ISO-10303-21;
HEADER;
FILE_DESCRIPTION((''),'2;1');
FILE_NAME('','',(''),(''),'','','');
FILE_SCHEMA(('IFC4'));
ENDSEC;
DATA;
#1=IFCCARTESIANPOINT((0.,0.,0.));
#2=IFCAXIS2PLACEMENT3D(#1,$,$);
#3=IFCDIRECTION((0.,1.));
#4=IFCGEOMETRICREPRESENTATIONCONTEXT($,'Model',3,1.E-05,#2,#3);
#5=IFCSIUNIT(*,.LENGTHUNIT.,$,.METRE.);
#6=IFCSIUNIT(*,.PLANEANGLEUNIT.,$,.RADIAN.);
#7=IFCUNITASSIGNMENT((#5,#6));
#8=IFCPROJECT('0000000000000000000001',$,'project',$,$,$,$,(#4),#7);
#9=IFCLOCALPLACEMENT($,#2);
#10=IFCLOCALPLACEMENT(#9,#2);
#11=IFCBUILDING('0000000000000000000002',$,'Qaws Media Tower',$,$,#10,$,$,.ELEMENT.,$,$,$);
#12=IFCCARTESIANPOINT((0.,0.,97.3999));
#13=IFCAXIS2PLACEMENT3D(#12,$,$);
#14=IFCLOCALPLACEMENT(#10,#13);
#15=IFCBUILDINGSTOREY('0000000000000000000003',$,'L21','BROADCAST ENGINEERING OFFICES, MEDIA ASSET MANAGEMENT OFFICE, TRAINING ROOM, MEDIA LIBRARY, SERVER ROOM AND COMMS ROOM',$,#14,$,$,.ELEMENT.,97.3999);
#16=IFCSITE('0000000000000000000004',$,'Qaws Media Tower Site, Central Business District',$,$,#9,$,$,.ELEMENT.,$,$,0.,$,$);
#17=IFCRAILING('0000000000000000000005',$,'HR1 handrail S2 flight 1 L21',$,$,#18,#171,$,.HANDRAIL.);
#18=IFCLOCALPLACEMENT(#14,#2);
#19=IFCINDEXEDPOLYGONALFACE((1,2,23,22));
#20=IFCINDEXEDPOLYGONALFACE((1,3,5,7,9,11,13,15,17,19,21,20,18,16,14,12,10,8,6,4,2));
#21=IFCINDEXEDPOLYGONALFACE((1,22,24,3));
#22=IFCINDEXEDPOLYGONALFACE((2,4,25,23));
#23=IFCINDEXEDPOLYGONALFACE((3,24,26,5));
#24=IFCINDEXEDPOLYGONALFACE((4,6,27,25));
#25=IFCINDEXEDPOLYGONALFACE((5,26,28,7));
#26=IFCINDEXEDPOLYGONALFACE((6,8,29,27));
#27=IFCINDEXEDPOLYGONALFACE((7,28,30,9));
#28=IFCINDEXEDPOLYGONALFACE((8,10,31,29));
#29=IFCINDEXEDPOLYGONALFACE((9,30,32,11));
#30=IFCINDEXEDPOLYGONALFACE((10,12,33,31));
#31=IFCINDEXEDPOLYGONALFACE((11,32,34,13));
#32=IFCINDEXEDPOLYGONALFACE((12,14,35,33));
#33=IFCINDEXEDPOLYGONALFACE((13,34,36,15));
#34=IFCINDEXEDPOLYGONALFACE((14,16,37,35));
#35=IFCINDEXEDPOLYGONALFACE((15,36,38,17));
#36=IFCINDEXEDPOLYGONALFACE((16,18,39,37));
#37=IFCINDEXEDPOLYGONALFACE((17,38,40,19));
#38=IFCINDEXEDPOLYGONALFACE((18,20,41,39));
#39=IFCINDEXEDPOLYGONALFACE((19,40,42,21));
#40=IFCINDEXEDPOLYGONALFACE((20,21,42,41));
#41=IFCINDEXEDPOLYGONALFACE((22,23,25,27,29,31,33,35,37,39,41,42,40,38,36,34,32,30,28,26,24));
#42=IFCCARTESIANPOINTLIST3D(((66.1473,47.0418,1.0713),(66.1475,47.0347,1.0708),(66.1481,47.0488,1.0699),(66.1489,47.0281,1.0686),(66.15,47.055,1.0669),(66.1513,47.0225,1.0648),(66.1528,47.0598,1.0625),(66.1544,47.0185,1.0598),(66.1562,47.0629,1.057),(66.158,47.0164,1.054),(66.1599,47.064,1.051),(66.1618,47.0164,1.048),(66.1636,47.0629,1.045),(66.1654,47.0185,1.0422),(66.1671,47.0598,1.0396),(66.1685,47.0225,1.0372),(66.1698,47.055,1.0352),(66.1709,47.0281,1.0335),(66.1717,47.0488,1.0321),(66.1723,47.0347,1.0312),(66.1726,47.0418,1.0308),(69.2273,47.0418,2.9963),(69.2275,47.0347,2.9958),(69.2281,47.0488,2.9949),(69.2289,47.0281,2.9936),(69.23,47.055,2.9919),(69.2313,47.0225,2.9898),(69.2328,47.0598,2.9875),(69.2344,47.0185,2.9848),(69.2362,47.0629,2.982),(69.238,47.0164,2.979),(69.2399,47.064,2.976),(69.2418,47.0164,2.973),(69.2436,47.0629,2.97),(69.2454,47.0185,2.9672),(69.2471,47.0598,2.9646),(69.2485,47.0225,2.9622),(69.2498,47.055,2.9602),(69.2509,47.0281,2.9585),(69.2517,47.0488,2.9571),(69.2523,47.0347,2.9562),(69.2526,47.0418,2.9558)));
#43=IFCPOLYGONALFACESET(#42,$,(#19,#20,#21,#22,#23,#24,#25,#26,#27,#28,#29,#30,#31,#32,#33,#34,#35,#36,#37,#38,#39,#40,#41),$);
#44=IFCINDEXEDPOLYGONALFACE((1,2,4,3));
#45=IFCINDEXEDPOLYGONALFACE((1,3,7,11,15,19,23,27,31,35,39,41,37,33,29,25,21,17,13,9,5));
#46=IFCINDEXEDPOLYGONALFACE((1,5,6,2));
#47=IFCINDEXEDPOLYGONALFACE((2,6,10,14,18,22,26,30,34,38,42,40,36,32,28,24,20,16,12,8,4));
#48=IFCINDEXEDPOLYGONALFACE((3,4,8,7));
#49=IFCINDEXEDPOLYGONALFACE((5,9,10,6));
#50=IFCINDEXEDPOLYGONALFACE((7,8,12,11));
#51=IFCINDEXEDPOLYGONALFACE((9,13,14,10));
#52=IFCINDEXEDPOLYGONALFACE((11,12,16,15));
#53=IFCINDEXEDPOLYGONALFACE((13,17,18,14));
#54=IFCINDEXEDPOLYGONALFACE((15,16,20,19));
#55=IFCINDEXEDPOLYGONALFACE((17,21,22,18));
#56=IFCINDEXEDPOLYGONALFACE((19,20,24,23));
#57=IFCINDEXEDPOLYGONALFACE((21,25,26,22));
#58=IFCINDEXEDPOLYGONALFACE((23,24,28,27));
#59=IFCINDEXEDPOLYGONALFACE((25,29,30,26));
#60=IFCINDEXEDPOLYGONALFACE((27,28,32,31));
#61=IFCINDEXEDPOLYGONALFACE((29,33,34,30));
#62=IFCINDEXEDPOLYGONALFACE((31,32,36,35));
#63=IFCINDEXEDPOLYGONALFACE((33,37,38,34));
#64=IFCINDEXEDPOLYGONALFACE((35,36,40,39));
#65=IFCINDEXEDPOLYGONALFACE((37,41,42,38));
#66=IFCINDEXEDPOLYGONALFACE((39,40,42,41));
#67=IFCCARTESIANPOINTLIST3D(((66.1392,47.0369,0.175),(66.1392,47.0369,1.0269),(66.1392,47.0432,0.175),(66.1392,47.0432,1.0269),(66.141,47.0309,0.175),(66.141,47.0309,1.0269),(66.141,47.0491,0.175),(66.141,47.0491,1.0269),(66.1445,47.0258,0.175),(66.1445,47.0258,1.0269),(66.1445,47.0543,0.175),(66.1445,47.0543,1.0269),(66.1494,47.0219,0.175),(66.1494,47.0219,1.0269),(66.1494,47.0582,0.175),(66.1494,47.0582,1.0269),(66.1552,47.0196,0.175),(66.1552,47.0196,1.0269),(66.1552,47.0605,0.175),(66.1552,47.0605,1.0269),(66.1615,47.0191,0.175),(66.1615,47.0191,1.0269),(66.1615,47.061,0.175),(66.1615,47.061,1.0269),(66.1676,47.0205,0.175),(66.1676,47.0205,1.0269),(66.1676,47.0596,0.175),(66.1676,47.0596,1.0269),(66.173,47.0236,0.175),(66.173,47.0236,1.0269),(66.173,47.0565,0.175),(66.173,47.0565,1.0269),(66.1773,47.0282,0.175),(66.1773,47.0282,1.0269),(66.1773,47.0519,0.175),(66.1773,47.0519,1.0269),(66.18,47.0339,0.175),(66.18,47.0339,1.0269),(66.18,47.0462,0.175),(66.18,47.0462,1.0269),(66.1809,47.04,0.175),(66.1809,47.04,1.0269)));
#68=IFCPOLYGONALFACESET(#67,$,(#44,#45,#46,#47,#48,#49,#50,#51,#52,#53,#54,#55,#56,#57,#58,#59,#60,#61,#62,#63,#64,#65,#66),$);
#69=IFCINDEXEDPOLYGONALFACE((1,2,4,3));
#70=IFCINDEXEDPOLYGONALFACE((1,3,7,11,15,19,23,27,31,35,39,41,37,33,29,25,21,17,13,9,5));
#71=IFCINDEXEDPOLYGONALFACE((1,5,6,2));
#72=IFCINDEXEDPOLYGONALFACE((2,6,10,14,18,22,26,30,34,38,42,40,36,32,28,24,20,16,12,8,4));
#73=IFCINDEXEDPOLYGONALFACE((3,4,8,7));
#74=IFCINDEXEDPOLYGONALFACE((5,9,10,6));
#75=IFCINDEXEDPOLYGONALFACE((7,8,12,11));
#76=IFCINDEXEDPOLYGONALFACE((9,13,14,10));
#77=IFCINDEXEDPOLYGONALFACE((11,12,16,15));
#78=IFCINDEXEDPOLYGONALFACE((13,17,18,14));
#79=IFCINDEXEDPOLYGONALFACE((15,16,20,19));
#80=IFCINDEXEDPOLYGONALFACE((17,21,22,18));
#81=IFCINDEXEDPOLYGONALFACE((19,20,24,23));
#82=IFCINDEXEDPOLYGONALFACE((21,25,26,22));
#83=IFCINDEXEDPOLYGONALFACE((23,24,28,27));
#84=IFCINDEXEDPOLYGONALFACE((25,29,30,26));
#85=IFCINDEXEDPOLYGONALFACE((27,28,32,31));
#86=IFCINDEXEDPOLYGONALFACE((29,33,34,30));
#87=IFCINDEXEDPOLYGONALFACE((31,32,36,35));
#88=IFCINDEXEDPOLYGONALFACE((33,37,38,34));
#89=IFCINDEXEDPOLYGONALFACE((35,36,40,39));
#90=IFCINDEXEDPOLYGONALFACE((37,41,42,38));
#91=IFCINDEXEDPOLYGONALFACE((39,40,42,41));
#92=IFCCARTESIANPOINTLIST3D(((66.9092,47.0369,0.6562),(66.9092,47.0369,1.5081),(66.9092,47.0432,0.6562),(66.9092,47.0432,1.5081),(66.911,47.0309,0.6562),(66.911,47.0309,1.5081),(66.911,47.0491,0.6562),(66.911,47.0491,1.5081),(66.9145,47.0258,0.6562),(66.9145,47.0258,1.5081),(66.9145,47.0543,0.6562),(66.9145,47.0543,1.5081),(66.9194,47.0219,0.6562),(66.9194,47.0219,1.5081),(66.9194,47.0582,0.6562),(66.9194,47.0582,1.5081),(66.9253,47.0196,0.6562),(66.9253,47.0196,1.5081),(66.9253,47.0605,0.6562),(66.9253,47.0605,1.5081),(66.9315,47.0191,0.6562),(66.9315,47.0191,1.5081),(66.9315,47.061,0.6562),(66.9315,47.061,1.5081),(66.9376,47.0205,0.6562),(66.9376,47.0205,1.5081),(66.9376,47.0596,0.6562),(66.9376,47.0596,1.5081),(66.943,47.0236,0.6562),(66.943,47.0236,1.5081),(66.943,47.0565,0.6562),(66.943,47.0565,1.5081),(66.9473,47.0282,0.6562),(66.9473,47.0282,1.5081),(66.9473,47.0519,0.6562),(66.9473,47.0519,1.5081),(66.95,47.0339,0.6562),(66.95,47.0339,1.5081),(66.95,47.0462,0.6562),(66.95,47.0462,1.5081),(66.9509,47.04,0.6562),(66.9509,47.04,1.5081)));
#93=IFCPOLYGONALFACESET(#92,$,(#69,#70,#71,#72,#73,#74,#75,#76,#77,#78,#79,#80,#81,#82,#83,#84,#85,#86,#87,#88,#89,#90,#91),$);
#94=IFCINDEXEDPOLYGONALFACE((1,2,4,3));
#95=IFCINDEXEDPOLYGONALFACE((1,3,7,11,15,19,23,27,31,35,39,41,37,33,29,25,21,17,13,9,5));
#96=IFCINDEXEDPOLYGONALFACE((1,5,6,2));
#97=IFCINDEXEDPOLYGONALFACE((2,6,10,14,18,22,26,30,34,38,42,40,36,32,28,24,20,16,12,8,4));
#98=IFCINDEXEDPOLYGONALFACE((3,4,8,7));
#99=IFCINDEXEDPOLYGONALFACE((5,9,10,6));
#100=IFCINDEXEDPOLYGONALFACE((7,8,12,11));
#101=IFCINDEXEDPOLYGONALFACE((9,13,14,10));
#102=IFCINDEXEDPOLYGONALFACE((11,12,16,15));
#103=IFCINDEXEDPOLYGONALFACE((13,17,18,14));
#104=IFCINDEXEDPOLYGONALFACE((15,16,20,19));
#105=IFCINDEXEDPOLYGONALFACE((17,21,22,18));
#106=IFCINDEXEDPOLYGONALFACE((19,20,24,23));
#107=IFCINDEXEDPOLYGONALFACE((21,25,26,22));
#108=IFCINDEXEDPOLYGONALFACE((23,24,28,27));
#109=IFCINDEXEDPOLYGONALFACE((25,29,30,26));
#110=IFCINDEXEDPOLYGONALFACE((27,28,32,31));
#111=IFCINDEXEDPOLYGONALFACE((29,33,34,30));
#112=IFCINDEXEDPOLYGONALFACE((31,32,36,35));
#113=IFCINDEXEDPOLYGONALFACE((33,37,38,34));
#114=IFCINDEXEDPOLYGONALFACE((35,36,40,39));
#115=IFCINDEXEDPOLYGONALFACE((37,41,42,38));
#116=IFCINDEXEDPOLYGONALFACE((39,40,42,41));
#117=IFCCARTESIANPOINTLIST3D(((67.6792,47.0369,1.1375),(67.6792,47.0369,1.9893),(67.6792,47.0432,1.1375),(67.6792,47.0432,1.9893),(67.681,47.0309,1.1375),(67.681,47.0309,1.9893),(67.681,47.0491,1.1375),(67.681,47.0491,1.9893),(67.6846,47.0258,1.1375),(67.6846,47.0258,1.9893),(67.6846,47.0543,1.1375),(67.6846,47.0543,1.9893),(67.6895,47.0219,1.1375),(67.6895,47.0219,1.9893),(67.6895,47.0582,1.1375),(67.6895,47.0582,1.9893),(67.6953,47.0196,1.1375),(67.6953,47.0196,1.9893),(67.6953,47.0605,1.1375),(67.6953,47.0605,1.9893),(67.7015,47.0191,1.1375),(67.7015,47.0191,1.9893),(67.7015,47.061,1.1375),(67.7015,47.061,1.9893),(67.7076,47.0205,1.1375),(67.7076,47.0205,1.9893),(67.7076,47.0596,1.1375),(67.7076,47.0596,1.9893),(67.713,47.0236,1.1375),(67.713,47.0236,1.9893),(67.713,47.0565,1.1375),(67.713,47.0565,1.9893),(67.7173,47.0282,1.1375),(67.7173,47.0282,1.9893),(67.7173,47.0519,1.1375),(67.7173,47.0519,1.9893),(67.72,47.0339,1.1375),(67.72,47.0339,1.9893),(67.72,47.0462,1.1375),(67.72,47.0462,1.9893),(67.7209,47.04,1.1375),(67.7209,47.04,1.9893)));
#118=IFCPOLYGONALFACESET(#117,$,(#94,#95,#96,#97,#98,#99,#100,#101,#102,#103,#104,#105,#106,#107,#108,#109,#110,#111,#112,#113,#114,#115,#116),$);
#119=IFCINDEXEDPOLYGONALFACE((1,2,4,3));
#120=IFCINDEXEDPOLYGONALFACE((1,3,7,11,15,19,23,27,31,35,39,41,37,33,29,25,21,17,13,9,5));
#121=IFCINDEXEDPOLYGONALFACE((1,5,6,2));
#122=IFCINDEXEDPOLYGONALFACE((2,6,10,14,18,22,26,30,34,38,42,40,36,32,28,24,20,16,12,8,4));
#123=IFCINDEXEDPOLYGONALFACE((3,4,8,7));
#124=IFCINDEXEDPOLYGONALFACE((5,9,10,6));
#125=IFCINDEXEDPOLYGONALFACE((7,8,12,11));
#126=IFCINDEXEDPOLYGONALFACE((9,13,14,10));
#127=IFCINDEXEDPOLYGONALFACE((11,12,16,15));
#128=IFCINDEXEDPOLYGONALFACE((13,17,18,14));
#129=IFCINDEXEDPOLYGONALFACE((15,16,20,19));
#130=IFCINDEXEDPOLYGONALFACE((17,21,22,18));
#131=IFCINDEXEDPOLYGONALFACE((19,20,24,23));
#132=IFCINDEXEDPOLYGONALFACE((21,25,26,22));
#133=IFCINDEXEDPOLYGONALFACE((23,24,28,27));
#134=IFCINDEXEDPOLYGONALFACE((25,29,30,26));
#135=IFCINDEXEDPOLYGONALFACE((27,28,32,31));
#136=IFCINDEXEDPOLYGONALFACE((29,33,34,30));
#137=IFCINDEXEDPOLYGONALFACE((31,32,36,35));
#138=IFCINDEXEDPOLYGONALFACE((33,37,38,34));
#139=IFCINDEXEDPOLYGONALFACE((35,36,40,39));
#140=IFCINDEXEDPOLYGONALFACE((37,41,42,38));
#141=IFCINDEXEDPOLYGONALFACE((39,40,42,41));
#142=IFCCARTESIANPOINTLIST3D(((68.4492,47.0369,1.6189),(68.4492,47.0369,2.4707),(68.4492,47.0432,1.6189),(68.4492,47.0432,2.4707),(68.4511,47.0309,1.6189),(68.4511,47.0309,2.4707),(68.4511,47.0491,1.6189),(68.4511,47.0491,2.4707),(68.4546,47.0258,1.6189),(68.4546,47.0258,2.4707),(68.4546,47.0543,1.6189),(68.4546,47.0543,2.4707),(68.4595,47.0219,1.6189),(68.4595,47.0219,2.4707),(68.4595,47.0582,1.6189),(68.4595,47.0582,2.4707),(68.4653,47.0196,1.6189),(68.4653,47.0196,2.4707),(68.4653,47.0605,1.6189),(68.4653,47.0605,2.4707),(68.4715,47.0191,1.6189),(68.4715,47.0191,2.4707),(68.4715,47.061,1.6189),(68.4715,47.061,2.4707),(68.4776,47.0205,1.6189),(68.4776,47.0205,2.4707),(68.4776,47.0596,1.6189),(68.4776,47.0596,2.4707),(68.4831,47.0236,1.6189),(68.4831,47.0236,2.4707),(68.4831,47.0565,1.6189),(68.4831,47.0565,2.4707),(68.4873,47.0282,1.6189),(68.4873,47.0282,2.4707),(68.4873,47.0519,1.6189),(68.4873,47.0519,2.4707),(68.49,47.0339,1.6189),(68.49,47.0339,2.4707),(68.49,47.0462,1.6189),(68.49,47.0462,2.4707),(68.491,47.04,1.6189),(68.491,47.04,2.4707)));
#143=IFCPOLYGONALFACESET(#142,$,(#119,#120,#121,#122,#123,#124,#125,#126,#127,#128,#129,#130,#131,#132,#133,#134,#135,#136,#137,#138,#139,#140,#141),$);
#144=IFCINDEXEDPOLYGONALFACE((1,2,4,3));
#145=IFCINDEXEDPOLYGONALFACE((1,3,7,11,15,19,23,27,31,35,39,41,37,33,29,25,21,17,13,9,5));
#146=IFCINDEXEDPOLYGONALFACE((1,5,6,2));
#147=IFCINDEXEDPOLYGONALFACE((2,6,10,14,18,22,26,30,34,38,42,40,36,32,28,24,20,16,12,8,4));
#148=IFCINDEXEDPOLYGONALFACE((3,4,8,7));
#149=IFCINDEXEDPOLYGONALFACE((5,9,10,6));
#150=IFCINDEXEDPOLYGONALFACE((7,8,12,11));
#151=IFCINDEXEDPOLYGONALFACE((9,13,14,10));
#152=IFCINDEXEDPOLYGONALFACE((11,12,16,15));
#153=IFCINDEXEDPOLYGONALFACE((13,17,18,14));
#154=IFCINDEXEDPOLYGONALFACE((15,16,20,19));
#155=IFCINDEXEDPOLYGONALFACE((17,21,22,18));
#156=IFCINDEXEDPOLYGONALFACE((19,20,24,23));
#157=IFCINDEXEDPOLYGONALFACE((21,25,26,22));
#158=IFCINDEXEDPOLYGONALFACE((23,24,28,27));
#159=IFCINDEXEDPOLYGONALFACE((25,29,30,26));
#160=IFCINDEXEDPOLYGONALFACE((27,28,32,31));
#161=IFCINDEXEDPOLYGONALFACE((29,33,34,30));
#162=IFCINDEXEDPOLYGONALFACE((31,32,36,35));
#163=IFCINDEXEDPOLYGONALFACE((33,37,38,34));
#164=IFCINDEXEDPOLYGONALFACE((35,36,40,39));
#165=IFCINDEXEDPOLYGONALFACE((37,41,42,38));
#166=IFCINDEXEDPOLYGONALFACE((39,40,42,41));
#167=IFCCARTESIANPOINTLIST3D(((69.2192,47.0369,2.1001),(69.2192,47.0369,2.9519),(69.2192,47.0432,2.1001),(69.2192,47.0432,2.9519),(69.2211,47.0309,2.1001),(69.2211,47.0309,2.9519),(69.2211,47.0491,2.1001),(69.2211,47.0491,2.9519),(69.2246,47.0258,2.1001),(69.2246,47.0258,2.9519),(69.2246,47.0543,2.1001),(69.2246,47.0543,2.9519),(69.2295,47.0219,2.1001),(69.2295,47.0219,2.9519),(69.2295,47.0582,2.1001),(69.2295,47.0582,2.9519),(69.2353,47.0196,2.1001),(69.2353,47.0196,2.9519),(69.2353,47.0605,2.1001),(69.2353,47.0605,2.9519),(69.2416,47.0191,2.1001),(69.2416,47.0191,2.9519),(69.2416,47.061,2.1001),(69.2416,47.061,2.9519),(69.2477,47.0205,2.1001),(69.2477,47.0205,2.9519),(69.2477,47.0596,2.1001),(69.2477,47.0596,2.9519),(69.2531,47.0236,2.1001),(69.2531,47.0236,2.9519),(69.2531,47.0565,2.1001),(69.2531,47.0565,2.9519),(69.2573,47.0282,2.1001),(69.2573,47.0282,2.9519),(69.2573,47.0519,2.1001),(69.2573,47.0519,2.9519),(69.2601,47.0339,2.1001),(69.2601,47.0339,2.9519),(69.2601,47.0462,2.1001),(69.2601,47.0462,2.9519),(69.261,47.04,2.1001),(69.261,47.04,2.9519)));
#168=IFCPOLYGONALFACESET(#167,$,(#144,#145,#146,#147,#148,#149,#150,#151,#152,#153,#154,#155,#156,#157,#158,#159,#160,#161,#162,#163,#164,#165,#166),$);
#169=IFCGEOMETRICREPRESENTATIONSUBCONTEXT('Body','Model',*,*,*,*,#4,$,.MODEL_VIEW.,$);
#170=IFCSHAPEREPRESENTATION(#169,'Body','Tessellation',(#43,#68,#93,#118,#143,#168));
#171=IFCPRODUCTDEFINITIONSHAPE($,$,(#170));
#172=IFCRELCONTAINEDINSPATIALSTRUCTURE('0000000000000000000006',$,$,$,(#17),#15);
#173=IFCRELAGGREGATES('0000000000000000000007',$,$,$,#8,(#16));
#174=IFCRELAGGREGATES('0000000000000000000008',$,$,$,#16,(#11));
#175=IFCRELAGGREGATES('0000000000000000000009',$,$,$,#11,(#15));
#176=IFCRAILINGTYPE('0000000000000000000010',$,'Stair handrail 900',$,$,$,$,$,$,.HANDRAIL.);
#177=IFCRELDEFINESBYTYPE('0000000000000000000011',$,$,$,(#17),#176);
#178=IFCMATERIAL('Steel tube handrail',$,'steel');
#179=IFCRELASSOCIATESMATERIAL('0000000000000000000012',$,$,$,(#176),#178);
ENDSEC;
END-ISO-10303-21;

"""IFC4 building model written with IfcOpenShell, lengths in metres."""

from ifc_helpers import new_model, si_unit, direction, frame, origin, origin_2d, place, context, subcontext, project, spatial, circle, extrude, material, type_object, element, save


model = new_model("IFC4")

# Units and contexts
model_context = context("Model", 3, precision=1e-05, world=origin(), true_north=direction((0.0, 1.0)))
body_context = subcontext(model_context, "Body", "Model", "MODEL_VIEW")
ifc_project = project(units=[si_unit("LENGTHUNIT", "METRE"), si_unit("PLANEANGLEUNIT", "RADIAN")], contexts=[model_context])

# Site, building, storey
site_placement = place(None, origin())
site = spatial("IfcSite", under=ifc_project, at=site_placement, Name="Qaws Media Tower Site, Central Business District", CompositionType="ELEMENT", RefElevation=0.0)
building_placement = place(site_placement, origin())
building = spatial("IfcBuilding", under=site, at=building_placement, Name="Qaws Media Tower", CompositionType="ELEMENT")
storey_placement = place(building_placement, frame((0.0, 0.0, 97.3999)))
storey = spatial("IfcBuildingStorey", under=building, at=storey_placement, Name="L21", Description="BROADCAST ENGINEERING OFFICES, MEDIA ASSET MANAGEMENT OFFICE, TRAINING ROOM, MEDIA LIBRARY, SERVER ROOM AND COMMS ROOM", CompositionType="ELEMENT", Elevation=97.3999)

# Railing
ifc_material_1 = material(Name="Steel tube handrail", Category="steel")
railing_type = type_object("IfcRailingType", Name="Stair handrail 900", PredefinedType="HANDRAIL", material=ifc_material_1)
railing_placement = place(storey_placement, frame((66.1599, 47.04, 0.175)))
element("IfcRailing", 1, at=railing_placement, inside=storey, type_object=railing_type, Name="HR1 handrail S2 flight 1 L21", PredefinedType="HANDRAIL", context=body_context, shape_type="SweptSolid", body=[
    extrude(circle(Radius=0.0239, at=origin_2d()), frame((0.0, 0.0, 0.876), z_axis=(0.847998, 0.0, 0.529999), x_axis=(0.0, 1.0, 0.0)), (0.0, 0.0, 1.0), 3.6321),
    extrude(circle(Radius=0.021, at=origin_2d()), origin(), (0.0, 0.0, 1.0), 0.8518),
    extrude(circle(Radius=0.021, at=origin_2d()), frame((0.77, 0.0, 0.4812)), (0.0, 0.0, 1.0), 0.8518),
    extrude(circle(Radius=0.021, at=origin_2d()), frame((1.54, 0.0, 0.9624)), (0.0, 0.0, 1.0), 0.8518),
    extrude(circle(Radius=0.021, at=origin_2d()), frame((2.3101, 0.0, 1.4438)), (0.0, 0.0, 1.0), 0.8518),
    extrude(circle(Radius=0.021, at=origin_2d()), frame((3.0801, 0.0, 1.925)), (0.0, 0.0, 1.0), 0.8518),
])

save(model, "model.ifc")
